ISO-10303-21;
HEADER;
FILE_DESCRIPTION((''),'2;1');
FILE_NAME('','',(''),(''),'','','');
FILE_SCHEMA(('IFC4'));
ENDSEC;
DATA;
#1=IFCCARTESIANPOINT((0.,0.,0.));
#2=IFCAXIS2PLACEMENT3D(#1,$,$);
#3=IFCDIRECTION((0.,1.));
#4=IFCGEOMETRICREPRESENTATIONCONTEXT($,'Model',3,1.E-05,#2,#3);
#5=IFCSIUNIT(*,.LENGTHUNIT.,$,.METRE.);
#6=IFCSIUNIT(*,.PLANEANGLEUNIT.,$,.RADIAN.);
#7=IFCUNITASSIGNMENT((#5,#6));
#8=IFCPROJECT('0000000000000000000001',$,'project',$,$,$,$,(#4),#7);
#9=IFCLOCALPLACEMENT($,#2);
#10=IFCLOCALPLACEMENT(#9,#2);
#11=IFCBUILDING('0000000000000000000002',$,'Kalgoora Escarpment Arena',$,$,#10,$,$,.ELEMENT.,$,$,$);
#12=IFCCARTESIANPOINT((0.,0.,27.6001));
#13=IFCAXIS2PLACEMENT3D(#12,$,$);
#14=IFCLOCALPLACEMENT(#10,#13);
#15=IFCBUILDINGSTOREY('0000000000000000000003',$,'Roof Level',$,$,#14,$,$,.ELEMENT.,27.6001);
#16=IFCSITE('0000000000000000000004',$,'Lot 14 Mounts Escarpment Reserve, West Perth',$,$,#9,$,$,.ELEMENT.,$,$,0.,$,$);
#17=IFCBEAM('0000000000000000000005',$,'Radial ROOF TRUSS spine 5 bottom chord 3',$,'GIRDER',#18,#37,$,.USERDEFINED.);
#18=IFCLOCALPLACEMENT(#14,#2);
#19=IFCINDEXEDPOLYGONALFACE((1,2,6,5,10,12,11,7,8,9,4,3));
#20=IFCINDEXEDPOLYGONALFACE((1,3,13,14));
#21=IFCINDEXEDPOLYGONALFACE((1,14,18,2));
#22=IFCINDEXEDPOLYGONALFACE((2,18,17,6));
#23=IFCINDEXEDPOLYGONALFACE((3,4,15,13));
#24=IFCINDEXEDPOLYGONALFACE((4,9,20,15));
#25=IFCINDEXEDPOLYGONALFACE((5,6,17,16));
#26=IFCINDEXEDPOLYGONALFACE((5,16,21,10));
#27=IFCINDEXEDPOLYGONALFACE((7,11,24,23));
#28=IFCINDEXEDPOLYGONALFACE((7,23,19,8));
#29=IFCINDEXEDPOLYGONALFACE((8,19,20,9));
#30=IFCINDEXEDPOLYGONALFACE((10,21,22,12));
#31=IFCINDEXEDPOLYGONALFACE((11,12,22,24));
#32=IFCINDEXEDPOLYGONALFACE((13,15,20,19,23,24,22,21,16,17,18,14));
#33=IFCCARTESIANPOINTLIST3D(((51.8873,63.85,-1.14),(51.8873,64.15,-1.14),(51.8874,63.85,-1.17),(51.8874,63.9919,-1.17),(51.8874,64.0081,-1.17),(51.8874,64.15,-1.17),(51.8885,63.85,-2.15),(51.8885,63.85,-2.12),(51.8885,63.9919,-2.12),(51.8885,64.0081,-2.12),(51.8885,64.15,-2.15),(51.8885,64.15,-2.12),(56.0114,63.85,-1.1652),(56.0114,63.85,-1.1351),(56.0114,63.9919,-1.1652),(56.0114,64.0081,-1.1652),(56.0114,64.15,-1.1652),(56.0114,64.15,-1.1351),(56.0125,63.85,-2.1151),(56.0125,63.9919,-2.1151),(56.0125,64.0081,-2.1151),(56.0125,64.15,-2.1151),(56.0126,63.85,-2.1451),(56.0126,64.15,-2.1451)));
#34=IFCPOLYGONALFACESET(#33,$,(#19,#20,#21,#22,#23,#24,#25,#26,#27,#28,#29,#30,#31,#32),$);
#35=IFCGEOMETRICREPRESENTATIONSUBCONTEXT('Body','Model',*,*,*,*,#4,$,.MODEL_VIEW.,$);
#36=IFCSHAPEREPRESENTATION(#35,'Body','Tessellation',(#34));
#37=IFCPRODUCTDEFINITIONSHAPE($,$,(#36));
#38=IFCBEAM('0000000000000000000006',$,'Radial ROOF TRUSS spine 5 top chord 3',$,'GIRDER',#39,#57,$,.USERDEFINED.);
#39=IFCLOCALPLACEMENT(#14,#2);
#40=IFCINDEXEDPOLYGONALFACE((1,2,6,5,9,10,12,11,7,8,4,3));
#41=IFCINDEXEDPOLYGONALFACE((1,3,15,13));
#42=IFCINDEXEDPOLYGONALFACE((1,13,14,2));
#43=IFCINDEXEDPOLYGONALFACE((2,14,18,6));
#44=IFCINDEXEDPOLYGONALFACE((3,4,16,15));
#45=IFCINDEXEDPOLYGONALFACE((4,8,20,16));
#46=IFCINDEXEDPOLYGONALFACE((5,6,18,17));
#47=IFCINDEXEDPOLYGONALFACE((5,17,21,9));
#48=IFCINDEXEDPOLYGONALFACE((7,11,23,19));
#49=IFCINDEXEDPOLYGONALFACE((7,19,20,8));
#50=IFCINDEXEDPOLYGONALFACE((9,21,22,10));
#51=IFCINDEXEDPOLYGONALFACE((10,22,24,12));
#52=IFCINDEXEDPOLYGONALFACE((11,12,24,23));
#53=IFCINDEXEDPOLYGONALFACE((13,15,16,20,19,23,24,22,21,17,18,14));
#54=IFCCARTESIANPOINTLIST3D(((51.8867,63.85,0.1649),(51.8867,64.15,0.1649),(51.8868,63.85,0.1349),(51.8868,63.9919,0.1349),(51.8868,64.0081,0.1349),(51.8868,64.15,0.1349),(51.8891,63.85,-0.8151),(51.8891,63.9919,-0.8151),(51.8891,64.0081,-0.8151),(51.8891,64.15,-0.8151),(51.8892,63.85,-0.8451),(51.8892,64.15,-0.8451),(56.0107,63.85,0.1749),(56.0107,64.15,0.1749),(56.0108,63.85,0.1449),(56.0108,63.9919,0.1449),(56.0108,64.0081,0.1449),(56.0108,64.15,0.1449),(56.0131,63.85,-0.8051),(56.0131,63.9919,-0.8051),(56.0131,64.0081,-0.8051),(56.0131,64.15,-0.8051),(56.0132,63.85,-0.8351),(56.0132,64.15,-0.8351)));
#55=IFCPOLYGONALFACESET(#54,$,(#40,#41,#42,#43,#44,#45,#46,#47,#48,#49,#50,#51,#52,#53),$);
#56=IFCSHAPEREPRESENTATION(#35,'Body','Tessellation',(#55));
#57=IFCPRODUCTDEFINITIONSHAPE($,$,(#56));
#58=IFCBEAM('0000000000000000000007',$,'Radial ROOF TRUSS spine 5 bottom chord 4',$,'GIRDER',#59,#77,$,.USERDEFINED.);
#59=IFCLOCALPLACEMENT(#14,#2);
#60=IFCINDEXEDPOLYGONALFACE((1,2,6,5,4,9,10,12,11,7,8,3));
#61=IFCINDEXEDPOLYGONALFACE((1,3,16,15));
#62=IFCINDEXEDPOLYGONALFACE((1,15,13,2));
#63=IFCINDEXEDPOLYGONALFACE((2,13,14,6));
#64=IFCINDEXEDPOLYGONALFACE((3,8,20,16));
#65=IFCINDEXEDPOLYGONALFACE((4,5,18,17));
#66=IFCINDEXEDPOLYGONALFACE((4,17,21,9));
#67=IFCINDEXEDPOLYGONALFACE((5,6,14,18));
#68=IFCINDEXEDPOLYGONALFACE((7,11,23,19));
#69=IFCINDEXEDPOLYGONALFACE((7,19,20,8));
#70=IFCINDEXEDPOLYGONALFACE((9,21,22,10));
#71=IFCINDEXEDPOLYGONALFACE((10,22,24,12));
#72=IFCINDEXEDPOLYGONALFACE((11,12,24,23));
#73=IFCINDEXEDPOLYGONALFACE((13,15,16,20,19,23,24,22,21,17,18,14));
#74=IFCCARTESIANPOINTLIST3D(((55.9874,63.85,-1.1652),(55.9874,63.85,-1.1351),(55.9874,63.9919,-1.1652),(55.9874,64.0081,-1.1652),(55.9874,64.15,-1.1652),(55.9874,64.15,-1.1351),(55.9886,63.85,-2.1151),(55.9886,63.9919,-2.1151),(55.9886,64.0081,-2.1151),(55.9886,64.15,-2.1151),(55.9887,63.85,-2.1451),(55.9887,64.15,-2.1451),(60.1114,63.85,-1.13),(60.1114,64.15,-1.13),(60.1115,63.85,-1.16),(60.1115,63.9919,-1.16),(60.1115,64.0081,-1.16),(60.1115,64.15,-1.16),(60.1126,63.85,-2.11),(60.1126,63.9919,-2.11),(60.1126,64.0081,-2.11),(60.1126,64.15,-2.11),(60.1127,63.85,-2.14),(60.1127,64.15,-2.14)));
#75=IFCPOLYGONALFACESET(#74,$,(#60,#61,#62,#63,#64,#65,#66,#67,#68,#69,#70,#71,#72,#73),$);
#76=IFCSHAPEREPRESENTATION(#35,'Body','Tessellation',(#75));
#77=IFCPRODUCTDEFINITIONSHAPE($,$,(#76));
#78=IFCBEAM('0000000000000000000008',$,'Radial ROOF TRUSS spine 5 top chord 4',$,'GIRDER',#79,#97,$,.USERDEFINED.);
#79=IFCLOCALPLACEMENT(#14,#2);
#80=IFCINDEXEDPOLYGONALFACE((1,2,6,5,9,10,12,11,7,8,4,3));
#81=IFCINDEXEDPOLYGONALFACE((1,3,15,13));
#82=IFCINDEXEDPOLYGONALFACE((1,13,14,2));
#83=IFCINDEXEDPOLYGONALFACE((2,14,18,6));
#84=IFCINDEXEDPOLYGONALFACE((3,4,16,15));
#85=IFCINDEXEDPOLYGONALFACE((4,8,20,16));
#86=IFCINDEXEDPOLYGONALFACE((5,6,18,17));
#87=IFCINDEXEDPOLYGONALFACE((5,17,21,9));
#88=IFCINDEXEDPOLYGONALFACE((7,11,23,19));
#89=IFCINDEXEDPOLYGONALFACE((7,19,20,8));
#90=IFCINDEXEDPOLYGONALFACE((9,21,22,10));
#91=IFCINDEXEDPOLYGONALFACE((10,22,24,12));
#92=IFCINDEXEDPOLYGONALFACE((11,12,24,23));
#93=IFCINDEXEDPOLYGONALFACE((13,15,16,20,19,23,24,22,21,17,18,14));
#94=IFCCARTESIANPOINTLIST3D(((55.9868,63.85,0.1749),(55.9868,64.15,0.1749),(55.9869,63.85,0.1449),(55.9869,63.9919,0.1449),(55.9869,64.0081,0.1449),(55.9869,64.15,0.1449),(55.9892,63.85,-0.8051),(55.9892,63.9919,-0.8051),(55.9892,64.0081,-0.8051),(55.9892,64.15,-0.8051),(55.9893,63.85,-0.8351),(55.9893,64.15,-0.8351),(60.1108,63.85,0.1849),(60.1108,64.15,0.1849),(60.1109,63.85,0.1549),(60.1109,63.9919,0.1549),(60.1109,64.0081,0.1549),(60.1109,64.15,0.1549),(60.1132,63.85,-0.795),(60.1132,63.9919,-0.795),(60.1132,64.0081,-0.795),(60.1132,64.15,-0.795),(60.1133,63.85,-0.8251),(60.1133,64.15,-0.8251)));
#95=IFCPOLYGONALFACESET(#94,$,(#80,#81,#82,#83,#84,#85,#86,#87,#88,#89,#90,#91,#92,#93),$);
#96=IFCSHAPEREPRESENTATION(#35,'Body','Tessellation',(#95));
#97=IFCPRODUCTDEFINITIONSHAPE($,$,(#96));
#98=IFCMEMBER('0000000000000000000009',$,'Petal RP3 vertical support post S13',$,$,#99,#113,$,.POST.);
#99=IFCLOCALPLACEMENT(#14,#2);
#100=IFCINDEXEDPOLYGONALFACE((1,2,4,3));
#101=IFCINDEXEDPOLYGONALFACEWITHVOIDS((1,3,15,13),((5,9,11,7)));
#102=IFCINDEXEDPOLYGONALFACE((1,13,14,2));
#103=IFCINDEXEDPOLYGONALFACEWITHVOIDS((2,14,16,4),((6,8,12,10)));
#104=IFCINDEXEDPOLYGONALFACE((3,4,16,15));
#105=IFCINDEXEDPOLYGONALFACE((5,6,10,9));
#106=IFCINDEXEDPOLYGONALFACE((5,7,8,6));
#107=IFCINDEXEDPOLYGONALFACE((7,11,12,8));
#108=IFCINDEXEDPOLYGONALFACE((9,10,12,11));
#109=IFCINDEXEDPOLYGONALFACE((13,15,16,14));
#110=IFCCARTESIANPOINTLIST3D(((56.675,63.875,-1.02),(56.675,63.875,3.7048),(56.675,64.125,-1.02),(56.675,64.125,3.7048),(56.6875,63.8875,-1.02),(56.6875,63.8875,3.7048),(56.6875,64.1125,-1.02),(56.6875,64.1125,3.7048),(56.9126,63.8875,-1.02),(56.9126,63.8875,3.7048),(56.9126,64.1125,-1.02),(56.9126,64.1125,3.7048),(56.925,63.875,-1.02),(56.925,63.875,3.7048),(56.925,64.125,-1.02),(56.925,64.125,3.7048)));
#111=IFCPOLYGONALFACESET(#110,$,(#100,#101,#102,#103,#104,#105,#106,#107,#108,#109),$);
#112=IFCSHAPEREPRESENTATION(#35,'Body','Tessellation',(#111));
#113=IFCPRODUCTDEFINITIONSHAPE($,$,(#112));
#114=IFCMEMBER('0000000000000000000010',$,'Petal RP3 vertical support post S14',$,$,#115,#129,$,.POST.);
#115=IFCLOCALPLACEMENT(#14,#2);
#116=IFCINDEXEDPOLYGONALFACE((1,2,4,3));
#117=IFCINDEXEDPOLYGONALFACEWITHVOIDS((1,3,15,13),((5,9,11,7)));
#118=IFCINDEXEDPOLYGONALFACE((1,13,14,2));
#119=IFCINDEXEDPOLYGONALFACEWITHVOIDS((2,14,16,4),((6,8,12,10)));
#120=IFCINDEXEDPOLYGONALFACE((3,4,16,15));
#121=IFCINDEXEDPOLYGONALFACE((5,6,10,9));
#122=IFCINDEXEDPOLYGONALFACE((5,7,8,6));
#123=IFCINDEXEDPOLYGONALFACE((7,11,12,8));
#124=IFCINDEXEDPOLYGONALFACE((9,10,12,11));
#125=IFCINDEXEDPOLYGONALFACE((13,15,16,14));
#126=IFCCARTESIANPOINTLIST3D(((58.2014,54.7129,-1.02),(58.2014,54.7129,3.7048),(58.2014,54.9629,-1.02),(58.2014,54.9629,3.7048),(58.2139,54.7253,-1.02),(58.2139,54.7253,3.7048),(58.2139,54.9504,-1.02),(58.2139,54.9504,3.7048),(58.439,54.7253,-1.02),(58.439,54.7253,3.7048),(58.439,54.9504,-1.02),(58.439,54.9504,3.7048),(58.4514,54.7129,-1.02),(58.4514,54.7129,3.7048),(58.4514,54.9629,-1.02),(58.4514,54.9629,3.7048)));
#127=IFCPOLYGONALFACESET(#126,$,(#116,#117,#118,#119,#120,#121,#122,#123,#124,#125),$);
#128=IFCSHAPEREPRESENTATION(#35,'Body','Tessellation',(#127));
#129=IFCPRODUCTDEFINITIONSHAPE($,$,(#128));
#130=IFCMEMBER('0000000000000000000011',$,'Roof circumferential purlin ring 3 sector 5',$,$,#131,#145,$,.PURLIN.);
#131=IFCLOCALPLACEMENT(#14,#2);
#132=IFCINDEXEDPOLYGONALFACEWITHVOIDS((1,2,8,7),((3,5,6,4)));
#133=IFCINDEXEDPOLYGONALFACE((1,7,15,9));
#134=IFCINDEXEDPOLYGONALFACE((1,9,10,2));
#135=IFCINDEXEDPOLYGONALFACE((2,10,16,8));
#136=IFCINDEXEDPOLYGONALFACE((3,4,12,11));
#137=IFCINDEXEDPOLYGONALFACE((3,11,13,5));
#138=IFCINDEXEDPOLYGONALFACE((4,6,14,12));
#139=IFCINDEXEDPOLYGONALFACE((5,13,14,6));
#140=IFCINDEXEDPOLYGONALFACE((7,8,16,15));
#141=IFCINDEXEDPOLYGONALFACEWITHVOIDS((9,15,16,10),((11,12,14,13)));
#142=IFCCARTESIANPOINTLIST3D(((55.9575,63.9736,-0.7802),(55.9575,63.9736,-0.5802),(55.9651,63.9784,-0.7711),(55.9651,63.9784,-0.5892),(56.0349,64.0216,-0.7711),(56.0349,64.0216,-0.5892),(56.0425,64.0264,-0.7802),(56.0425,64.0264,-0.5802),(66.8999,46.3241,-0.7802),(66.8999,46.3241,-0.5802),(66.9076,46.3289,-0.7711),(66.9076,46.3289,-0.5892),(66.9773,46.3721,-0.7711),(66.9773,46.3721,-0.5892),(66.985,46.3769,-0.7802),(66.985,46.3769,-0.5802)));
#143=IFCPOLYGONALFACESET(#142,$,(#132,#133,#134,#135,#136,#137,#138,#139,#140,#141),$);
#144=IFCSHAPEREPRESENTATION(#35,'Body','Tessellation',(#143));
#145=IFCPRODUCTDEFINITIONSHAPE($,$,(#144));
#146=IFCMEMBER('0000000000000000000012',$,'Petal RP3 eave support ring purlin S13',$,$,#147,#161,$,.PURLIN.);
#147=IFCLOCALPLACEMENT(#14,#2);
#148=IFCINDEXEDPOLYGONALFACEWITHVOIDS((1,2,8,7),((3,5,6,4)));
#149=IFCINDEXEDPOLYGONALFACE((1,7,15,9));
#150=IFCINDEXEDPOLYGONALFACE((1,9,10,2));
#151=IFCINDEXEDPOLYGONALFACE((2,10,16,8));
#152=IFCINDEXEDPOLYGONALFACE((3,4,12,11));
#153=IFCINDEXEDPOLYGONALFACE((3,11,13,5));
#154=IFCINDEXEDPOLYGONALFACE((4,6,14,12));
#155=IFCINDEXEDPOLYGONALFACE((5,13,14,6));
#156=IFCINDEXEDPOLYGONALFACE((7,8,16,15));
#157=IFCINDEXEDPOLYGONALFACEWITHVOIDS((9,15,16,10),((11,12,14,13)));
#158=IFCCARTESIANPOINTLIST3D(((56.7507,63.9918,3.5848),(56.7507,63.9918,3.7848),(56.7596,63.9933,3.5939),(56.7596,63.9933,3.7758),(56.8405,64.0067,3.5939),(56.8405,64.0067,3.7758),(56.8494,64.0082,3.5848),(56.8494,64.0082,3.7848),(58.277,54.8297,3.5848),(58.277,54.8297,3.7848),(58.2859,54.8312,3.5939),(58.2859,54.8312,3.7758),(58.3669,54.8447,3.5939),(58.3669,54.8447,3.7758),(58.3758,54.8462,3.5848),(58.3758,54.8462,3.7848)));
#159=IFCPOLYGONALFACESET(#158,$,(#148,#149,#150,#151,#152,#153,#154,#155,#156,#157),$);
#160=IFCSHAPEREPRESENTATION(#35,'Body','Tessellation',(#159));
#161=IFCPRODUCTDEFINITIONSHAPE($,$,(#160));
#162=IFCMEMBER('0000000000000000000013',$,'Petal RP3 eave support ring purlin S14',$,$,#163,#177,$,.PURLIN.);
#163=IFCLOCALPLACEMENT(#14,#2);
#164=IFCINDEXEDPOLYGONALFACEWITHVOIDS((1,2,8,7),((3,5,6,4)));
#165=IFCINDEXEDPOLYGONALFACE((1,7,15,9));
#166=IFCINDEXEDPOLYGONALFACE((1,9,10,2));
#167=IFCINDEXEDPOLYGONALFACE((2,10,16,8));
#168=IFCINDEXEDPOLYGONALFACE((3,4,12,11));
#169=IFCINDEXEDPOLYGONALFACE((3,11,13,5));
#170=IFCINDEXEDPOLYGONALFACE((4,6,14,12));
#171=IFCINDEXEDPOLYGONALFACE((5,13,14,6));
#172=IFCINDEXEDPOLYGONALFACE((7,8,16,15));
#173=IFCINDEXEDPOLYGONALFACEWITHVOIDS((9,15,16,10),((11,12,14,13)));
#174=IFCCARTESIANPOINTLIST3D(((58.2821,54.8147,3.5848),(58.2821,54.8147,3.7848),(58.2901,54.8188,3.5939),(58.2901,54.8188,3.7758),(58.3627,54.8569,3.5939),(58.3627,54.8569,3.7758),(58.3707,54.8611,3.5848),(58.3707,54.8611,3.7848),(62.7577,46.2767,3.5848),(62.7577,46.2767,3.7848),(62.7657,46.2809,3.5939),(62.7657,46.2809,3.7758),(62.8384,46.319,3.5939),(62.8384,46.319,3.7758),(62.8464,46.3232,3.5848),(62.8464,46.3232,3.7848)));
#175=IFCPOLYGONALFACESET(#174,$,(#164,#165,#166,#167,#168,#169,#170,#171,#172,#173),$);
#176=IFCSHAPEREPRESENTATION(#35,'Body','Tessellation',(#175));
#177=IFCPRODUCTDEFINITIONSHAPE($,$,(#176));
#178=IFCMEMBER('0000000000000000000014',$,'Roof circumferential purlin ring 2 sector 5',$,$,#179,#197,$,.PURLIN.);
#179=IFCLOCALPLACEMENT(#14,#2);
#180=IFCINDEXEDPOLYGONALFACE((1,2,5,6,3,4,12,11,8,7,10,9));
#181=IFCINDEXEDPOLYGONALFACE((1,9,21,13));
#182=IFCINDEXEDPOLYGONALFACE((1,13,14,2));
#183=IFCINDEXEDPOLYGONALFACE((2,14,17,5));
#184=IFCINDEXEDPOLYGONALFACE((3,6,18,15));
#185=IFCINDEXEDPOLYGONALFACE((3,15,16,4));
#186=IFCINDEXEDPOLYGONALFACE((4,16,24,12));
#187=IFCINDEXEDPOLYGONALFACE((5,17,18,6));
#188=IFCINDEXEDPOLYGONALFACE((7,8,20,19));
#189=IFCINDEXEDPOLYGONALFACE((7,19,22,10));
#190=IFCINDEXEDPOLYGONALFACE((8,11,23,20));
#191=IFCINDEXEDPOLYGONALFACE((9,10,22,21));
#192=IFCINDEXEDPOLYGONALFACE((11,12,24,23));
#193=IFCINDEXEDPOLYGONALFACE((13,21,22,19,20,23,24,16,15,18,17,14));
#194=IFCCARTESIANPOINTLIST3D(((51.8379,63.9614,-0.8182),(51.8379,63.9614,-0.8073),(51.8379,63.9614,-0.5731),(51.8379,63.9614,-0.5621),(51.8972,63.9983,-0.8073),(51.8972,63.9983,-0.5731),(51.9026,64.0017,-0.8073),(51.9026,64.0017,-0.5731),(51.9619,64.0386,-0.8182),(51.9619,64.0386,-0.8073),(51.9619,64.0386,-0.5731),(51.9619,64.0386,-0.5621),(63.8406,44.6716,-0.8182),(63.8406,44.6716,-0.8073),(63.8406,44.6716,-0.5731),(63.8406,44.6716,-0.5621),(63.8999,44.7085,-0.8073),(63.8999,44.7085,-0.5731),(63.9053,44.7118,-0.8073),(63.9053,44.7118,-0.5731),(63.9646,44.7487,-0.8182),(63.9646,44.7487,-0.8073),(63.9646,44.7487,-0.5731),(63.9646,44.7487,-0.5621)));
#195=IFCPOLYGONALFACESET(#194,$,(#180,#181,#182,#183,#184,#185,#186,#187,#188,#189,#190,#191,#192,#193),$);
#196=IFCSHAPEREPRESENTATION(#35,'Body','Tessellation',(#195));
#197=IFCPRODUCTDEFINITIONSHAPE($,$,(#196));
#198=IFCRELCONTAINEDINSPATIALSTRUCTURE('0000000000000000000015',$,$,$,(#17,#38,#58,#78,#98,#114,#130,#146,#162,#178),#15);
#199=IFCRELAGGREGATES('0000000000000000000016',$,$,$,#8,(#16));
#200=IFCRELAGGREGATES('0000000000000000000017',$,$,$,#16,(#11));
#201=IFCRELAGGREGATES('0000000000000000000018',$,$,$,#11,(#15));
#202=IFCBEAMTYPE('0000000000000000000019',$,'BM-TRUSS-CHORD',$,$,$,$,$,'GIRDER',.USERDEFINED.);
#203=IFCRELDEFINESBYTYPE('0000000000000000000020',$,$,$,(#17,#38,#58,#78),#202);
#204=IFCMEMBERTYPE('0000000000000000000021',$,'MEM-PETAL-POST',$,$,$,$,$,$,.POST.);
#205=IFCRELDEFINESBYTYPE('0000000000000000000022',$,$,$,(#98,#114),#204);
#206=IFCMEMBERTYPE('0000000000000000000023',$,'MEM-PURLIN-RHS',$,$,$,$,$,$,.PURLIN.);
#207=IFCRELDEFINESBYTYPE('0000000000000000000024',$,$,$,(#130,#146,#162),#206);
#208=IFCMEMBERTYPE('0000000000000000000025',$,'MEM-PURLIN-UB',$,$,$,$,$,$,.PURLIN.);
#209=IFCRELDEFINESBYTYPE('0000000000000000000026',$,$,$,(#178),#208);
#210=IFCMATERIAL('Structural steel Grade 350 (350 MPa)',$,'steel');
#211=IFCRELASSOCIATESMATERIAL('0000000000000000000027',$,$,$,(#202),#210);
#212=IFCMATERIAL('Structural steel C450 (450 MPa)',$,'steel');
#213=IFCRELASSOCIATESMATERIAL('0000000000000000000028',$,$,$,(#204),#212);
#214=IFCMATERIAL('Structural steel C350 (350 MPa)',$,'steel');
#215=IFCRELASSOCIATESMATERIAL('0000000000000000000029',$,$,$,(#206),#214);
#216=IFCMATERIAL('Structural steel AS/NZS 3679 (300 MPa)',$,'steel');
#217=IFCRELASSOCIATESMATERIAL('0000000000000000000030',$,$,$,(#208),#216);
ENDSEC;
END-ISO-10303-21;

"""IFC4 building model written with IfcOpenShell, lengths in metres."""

from ifc_helpers import new_model, si_unit, direction, frame, origin, origin_2d, place, context, subcontext, project, spatial, hollow_rectangle, i_section, extrude, material, material_profile, profile_set, type_object, element, save


model = new_model("IFC4")

# Units and contexts
model_context = context("Model", 3, precision=1e-05, world=origin(), true_north=direction((0.0, 1.0)))
body_context = subcontext(model_context, "Body", "Model", "MODEL_VIEW")
ifc_project = project(units=[si_unit("LENGTHUNIT", "METRE"), si_unit("PLANEANGLEUNIT", "RADIAN")], contexts=[model_context])

# Site, building, storey
site_placement = place(None, origin())
site = spatial("IfcSite", under=ifc_project, at=site_placement, Name="Lot 14 Mounts Escarpment Reserve, West Perth", CompositionType="ELEMENT", RefElevation=0.0)
building_placement = place(site_placement, origin())
building = spatial("IfcBuilding", under=site, at=building_placement, Name="Kalgoora Escarpment Arena", CompositionType="ELEMENT")
storey_placement = place(building_placement, frame((0.0, 0.0, 27.6001)))
storey = spatial("IfcBuildingStorey", under=building, at=storey_placement, Name="Roof Level", CompositionType="ELEMENT", Elevation=27.6001)

# Beams
ifc_material_1 = material(Name="Structural steel Grade 350 (350 MPa)", Category="steel")
ifc_material_profile_1 = material_profile(ifc_material_1, i_section(OverallWidth=0.3, OverallDepth=1.01, WebThickness=0.0161, FlangeThickness=0.03, at=origin_2d()))
ifc_profile_set_1 = profile_set([ifc_material_profile_1], Name="Structural steel Grade 350 (350 MPa)")
beam_type = type_object("IfcBeamType", Name="BM-TRUSS-CHORD", ElementType="GIRDER", PredefinedType="USERDEFINED", material=ifc_profile_set_1)
for number, where, z_axis, x_axis, name in (
    (1, (51.8879, 64.0, -1.645), (0.999999, 0.0, 0.001184), (0.0, 1.0, 0.0), "Radial ROOF TRUSS spine 5 bottom chord 3"),
    (2, (51.8879, 64.0, -0.3401), (0.999997, 0.0, 0.002427), (0.0, 1.0, 0.0), "Radial ROOF TRUSS spine 5 top chord 3"),
    (3, (55.988, 64.0, -1.6401), (0.999999, 0.0, 0.001243), (0.0, 1.0, 0.0), "Radial ROOF TRUSS spine 5 bottom chord 4"),
    (4, (55.988, 64.0, -0.3301), (0.999997, 0.0, 0.002427), (0.0, 1.0, 0.0), "Radial ROOF TRUSS spine 5 top chord 4"),
):
    element("IfcBeam", number, at=place(storey_placement, frame(where, z_axis=z_axis, x_axis=x_axis)), inside=storey, type_object=beam_type, Name=name, ObjectType="GIRDER", PredefinedType="USERDEFINED", context=body_context, shape_type="SweptSolid", body=[
        extrude(i_section(OverallWidth=0.3, OverallDepth=1.01, WebThickness=0.0161, FlangeThickness=0.03, at=origin_2d()), origin(), (0.0, 0.0, 1.0), 4.124),
    ])

# Members
ifc_material_2 = material(Name="Structural steel C450 (450 MPa)", Category="steel")
ifc_material_profile_2 = material_profile(ifc_material_2, hollow_rectangle(XDim=0.25, YDim=0.25, WallThickness=0.0125, at=origin_2d()))
ifc_profile_set_2 = profile_set([ifc_material_profile_2], Name="Structural steel C450 (450 MPa)")
member_type_1 = type_object("IfcMemberType", Name="MEM-PETAL-POST", PredefinedType="POST", material=ifc_profile_set_2)
for number, where, z_axis, x_axis, name in (
    (5, (56.8, 64.0, -1.02), (0.0, 0.0, 1.0), (1.0, 0.0, 0.0), "Petal RP3 vertical support post S13"),
    (6, (58.3264, 54.8379, -1.02), (0.0, 0.0, 1.0), (1.0, 0.0, 0.0), "Petal RP3 vertical support post S14"),
):
    element("IfcMember", number, at=place(storey_placement, frame(where, z_axis=z_axis, x_axis=x_axis)), inside=storey, type_object=member_type_1, Name=name, PredefinedType="POST", context=body_context, shape_type="SweptSolid", body=[
        extrude(hollow_rectangle(XDim=0.25, YDim=0.25, WallThickness=0.0125, at=origin_2d()), origin(), (0.0, 0.0, 1.0), 4.7249),
    ])
ifc_material_3 = material(Name="Structural steel C350 (350 MPa)", Category="steel")
ifc_material_profile_3 = material_profile(ifc_material_3, hollow_rectangle(XDim=0.1001, YDim=0.2, WallThickness=0.009, at=origin_2d()))
ifc_profile_set_3 = profile_set([ifc_material_profile_3], Name="Structural steel C350 (350 MPa)")
member_type_2 = type_object("IfcMemberType", Name="MEM-PURLIN-RHS", PredefinedType="PURLIN", material=ifc_profile_set_3)
member_1_placement = place(storey_placement, frame((56.0, 64.0, -0.6802), z_axis=(0.526931, -0.849908, 0.0), x_axis=(0.849908, 0.526931, 0.0)))
element("IfcMember", 7, at=member_1_placement, inside=storey, type_object=member_type_2, Name="Roof circumferential purlin ring 3 sector 5", PredefinedType="PURLIN", context=body_context, shape_type="SweptSolid", body=[
    extrude(hollow_rectangle(XDim=0.1001, YDim=0.2, WallThickness=0.009, at=origin_2d()), origin(), (0.0, 0.0, 1.0), 20.7664),
])
member_2_placement = place(storey_placement, frame((56.8, 64.0, 3.6848), z_axis=(0.164331, -0.986405, 0.0), x_axis=(0.986405, 0.164331, 0.0)))
element("IfcMember", 8, at=member_2_placement, inside=storey, type_object=member_type_2, Name="Petal RP3 eave support ring purlin S13", PredefinedType="PURLIN", context=body_context, shape_type="SweptSolid", body=[
    extrude(hollow_rectangle(XDim=0.1001, YDim=0.2, WallThickness=0.009, at=origin_2d()), origin(), (0.0, 0.0, 1.0), 9.2883),
])
member_3_placement = place(storey_placement, frame((58.3264, 54.8379, 3.6848), z_axis=(0.464282, -0.885687, 0.0), x_axis=(0.885687, 0.464282, 0.0)))
element("IfcMember", 9, at=member_3_placement, inside=storey, type_object=member_type_2, Name="Petal RP3 eave support ring purlin S14", PredefinedType="PURLIN", context=body_context, shape_type="SweptSolid", body=[
    extrude(hollow_rectangle(XDim=0.1001, YDim=0.2, WallThickness=0.009, at=origin_2d()), origin(), (0.0, 0.0, 1.0), 9.6399),
])
ifc_material_4 = material(Name="Structural steel AS/NZS 3679 (300 MPa)", Category="steel")
ifc_material_profile_4 = material_profile(ifc_material_4, i_section(OverallWidth=0.146, OverallDepth=0.2561, WebThickness=0.0063, FlangeThickness=0.011, at=origin_2d()))
ifc_profile_set_4 = profile_set([ifc_material_profile_4], Name="Structural steel AS/NZS 3679 (300 MPa)")
member_type_3 = type_object("IfcMemberType", Name="MEM-PURLIN-UB", PredefinedType="PURLIN", material=ifc_profile_set_4)
member_4_placement = place(storey_placement, frame((51.8999, 64.0, -0.6902), z_axis=(0.528307, -0.849054, 0.0), x_axis=(0.849054, 0.528307, 0.0)))
element("IfcMember", 10, at=member_4_placement, inside=storey, type_object=member_type_3, Name="Roof circumferential purlin ring 2 sector 5", PredefinedType="PURLIN", context=body_context, shape_type="SweptSolid", body=[
    extrude(i_section(OverallWidth=0.146, OverallDepth=0.2561, WebThickness=0.0063, FlangeThickness=0.011, at=origin_2d()), origin(), (0.0, 0.0, 1.0), 22.7192),
])

save(model, "model.ifc")
